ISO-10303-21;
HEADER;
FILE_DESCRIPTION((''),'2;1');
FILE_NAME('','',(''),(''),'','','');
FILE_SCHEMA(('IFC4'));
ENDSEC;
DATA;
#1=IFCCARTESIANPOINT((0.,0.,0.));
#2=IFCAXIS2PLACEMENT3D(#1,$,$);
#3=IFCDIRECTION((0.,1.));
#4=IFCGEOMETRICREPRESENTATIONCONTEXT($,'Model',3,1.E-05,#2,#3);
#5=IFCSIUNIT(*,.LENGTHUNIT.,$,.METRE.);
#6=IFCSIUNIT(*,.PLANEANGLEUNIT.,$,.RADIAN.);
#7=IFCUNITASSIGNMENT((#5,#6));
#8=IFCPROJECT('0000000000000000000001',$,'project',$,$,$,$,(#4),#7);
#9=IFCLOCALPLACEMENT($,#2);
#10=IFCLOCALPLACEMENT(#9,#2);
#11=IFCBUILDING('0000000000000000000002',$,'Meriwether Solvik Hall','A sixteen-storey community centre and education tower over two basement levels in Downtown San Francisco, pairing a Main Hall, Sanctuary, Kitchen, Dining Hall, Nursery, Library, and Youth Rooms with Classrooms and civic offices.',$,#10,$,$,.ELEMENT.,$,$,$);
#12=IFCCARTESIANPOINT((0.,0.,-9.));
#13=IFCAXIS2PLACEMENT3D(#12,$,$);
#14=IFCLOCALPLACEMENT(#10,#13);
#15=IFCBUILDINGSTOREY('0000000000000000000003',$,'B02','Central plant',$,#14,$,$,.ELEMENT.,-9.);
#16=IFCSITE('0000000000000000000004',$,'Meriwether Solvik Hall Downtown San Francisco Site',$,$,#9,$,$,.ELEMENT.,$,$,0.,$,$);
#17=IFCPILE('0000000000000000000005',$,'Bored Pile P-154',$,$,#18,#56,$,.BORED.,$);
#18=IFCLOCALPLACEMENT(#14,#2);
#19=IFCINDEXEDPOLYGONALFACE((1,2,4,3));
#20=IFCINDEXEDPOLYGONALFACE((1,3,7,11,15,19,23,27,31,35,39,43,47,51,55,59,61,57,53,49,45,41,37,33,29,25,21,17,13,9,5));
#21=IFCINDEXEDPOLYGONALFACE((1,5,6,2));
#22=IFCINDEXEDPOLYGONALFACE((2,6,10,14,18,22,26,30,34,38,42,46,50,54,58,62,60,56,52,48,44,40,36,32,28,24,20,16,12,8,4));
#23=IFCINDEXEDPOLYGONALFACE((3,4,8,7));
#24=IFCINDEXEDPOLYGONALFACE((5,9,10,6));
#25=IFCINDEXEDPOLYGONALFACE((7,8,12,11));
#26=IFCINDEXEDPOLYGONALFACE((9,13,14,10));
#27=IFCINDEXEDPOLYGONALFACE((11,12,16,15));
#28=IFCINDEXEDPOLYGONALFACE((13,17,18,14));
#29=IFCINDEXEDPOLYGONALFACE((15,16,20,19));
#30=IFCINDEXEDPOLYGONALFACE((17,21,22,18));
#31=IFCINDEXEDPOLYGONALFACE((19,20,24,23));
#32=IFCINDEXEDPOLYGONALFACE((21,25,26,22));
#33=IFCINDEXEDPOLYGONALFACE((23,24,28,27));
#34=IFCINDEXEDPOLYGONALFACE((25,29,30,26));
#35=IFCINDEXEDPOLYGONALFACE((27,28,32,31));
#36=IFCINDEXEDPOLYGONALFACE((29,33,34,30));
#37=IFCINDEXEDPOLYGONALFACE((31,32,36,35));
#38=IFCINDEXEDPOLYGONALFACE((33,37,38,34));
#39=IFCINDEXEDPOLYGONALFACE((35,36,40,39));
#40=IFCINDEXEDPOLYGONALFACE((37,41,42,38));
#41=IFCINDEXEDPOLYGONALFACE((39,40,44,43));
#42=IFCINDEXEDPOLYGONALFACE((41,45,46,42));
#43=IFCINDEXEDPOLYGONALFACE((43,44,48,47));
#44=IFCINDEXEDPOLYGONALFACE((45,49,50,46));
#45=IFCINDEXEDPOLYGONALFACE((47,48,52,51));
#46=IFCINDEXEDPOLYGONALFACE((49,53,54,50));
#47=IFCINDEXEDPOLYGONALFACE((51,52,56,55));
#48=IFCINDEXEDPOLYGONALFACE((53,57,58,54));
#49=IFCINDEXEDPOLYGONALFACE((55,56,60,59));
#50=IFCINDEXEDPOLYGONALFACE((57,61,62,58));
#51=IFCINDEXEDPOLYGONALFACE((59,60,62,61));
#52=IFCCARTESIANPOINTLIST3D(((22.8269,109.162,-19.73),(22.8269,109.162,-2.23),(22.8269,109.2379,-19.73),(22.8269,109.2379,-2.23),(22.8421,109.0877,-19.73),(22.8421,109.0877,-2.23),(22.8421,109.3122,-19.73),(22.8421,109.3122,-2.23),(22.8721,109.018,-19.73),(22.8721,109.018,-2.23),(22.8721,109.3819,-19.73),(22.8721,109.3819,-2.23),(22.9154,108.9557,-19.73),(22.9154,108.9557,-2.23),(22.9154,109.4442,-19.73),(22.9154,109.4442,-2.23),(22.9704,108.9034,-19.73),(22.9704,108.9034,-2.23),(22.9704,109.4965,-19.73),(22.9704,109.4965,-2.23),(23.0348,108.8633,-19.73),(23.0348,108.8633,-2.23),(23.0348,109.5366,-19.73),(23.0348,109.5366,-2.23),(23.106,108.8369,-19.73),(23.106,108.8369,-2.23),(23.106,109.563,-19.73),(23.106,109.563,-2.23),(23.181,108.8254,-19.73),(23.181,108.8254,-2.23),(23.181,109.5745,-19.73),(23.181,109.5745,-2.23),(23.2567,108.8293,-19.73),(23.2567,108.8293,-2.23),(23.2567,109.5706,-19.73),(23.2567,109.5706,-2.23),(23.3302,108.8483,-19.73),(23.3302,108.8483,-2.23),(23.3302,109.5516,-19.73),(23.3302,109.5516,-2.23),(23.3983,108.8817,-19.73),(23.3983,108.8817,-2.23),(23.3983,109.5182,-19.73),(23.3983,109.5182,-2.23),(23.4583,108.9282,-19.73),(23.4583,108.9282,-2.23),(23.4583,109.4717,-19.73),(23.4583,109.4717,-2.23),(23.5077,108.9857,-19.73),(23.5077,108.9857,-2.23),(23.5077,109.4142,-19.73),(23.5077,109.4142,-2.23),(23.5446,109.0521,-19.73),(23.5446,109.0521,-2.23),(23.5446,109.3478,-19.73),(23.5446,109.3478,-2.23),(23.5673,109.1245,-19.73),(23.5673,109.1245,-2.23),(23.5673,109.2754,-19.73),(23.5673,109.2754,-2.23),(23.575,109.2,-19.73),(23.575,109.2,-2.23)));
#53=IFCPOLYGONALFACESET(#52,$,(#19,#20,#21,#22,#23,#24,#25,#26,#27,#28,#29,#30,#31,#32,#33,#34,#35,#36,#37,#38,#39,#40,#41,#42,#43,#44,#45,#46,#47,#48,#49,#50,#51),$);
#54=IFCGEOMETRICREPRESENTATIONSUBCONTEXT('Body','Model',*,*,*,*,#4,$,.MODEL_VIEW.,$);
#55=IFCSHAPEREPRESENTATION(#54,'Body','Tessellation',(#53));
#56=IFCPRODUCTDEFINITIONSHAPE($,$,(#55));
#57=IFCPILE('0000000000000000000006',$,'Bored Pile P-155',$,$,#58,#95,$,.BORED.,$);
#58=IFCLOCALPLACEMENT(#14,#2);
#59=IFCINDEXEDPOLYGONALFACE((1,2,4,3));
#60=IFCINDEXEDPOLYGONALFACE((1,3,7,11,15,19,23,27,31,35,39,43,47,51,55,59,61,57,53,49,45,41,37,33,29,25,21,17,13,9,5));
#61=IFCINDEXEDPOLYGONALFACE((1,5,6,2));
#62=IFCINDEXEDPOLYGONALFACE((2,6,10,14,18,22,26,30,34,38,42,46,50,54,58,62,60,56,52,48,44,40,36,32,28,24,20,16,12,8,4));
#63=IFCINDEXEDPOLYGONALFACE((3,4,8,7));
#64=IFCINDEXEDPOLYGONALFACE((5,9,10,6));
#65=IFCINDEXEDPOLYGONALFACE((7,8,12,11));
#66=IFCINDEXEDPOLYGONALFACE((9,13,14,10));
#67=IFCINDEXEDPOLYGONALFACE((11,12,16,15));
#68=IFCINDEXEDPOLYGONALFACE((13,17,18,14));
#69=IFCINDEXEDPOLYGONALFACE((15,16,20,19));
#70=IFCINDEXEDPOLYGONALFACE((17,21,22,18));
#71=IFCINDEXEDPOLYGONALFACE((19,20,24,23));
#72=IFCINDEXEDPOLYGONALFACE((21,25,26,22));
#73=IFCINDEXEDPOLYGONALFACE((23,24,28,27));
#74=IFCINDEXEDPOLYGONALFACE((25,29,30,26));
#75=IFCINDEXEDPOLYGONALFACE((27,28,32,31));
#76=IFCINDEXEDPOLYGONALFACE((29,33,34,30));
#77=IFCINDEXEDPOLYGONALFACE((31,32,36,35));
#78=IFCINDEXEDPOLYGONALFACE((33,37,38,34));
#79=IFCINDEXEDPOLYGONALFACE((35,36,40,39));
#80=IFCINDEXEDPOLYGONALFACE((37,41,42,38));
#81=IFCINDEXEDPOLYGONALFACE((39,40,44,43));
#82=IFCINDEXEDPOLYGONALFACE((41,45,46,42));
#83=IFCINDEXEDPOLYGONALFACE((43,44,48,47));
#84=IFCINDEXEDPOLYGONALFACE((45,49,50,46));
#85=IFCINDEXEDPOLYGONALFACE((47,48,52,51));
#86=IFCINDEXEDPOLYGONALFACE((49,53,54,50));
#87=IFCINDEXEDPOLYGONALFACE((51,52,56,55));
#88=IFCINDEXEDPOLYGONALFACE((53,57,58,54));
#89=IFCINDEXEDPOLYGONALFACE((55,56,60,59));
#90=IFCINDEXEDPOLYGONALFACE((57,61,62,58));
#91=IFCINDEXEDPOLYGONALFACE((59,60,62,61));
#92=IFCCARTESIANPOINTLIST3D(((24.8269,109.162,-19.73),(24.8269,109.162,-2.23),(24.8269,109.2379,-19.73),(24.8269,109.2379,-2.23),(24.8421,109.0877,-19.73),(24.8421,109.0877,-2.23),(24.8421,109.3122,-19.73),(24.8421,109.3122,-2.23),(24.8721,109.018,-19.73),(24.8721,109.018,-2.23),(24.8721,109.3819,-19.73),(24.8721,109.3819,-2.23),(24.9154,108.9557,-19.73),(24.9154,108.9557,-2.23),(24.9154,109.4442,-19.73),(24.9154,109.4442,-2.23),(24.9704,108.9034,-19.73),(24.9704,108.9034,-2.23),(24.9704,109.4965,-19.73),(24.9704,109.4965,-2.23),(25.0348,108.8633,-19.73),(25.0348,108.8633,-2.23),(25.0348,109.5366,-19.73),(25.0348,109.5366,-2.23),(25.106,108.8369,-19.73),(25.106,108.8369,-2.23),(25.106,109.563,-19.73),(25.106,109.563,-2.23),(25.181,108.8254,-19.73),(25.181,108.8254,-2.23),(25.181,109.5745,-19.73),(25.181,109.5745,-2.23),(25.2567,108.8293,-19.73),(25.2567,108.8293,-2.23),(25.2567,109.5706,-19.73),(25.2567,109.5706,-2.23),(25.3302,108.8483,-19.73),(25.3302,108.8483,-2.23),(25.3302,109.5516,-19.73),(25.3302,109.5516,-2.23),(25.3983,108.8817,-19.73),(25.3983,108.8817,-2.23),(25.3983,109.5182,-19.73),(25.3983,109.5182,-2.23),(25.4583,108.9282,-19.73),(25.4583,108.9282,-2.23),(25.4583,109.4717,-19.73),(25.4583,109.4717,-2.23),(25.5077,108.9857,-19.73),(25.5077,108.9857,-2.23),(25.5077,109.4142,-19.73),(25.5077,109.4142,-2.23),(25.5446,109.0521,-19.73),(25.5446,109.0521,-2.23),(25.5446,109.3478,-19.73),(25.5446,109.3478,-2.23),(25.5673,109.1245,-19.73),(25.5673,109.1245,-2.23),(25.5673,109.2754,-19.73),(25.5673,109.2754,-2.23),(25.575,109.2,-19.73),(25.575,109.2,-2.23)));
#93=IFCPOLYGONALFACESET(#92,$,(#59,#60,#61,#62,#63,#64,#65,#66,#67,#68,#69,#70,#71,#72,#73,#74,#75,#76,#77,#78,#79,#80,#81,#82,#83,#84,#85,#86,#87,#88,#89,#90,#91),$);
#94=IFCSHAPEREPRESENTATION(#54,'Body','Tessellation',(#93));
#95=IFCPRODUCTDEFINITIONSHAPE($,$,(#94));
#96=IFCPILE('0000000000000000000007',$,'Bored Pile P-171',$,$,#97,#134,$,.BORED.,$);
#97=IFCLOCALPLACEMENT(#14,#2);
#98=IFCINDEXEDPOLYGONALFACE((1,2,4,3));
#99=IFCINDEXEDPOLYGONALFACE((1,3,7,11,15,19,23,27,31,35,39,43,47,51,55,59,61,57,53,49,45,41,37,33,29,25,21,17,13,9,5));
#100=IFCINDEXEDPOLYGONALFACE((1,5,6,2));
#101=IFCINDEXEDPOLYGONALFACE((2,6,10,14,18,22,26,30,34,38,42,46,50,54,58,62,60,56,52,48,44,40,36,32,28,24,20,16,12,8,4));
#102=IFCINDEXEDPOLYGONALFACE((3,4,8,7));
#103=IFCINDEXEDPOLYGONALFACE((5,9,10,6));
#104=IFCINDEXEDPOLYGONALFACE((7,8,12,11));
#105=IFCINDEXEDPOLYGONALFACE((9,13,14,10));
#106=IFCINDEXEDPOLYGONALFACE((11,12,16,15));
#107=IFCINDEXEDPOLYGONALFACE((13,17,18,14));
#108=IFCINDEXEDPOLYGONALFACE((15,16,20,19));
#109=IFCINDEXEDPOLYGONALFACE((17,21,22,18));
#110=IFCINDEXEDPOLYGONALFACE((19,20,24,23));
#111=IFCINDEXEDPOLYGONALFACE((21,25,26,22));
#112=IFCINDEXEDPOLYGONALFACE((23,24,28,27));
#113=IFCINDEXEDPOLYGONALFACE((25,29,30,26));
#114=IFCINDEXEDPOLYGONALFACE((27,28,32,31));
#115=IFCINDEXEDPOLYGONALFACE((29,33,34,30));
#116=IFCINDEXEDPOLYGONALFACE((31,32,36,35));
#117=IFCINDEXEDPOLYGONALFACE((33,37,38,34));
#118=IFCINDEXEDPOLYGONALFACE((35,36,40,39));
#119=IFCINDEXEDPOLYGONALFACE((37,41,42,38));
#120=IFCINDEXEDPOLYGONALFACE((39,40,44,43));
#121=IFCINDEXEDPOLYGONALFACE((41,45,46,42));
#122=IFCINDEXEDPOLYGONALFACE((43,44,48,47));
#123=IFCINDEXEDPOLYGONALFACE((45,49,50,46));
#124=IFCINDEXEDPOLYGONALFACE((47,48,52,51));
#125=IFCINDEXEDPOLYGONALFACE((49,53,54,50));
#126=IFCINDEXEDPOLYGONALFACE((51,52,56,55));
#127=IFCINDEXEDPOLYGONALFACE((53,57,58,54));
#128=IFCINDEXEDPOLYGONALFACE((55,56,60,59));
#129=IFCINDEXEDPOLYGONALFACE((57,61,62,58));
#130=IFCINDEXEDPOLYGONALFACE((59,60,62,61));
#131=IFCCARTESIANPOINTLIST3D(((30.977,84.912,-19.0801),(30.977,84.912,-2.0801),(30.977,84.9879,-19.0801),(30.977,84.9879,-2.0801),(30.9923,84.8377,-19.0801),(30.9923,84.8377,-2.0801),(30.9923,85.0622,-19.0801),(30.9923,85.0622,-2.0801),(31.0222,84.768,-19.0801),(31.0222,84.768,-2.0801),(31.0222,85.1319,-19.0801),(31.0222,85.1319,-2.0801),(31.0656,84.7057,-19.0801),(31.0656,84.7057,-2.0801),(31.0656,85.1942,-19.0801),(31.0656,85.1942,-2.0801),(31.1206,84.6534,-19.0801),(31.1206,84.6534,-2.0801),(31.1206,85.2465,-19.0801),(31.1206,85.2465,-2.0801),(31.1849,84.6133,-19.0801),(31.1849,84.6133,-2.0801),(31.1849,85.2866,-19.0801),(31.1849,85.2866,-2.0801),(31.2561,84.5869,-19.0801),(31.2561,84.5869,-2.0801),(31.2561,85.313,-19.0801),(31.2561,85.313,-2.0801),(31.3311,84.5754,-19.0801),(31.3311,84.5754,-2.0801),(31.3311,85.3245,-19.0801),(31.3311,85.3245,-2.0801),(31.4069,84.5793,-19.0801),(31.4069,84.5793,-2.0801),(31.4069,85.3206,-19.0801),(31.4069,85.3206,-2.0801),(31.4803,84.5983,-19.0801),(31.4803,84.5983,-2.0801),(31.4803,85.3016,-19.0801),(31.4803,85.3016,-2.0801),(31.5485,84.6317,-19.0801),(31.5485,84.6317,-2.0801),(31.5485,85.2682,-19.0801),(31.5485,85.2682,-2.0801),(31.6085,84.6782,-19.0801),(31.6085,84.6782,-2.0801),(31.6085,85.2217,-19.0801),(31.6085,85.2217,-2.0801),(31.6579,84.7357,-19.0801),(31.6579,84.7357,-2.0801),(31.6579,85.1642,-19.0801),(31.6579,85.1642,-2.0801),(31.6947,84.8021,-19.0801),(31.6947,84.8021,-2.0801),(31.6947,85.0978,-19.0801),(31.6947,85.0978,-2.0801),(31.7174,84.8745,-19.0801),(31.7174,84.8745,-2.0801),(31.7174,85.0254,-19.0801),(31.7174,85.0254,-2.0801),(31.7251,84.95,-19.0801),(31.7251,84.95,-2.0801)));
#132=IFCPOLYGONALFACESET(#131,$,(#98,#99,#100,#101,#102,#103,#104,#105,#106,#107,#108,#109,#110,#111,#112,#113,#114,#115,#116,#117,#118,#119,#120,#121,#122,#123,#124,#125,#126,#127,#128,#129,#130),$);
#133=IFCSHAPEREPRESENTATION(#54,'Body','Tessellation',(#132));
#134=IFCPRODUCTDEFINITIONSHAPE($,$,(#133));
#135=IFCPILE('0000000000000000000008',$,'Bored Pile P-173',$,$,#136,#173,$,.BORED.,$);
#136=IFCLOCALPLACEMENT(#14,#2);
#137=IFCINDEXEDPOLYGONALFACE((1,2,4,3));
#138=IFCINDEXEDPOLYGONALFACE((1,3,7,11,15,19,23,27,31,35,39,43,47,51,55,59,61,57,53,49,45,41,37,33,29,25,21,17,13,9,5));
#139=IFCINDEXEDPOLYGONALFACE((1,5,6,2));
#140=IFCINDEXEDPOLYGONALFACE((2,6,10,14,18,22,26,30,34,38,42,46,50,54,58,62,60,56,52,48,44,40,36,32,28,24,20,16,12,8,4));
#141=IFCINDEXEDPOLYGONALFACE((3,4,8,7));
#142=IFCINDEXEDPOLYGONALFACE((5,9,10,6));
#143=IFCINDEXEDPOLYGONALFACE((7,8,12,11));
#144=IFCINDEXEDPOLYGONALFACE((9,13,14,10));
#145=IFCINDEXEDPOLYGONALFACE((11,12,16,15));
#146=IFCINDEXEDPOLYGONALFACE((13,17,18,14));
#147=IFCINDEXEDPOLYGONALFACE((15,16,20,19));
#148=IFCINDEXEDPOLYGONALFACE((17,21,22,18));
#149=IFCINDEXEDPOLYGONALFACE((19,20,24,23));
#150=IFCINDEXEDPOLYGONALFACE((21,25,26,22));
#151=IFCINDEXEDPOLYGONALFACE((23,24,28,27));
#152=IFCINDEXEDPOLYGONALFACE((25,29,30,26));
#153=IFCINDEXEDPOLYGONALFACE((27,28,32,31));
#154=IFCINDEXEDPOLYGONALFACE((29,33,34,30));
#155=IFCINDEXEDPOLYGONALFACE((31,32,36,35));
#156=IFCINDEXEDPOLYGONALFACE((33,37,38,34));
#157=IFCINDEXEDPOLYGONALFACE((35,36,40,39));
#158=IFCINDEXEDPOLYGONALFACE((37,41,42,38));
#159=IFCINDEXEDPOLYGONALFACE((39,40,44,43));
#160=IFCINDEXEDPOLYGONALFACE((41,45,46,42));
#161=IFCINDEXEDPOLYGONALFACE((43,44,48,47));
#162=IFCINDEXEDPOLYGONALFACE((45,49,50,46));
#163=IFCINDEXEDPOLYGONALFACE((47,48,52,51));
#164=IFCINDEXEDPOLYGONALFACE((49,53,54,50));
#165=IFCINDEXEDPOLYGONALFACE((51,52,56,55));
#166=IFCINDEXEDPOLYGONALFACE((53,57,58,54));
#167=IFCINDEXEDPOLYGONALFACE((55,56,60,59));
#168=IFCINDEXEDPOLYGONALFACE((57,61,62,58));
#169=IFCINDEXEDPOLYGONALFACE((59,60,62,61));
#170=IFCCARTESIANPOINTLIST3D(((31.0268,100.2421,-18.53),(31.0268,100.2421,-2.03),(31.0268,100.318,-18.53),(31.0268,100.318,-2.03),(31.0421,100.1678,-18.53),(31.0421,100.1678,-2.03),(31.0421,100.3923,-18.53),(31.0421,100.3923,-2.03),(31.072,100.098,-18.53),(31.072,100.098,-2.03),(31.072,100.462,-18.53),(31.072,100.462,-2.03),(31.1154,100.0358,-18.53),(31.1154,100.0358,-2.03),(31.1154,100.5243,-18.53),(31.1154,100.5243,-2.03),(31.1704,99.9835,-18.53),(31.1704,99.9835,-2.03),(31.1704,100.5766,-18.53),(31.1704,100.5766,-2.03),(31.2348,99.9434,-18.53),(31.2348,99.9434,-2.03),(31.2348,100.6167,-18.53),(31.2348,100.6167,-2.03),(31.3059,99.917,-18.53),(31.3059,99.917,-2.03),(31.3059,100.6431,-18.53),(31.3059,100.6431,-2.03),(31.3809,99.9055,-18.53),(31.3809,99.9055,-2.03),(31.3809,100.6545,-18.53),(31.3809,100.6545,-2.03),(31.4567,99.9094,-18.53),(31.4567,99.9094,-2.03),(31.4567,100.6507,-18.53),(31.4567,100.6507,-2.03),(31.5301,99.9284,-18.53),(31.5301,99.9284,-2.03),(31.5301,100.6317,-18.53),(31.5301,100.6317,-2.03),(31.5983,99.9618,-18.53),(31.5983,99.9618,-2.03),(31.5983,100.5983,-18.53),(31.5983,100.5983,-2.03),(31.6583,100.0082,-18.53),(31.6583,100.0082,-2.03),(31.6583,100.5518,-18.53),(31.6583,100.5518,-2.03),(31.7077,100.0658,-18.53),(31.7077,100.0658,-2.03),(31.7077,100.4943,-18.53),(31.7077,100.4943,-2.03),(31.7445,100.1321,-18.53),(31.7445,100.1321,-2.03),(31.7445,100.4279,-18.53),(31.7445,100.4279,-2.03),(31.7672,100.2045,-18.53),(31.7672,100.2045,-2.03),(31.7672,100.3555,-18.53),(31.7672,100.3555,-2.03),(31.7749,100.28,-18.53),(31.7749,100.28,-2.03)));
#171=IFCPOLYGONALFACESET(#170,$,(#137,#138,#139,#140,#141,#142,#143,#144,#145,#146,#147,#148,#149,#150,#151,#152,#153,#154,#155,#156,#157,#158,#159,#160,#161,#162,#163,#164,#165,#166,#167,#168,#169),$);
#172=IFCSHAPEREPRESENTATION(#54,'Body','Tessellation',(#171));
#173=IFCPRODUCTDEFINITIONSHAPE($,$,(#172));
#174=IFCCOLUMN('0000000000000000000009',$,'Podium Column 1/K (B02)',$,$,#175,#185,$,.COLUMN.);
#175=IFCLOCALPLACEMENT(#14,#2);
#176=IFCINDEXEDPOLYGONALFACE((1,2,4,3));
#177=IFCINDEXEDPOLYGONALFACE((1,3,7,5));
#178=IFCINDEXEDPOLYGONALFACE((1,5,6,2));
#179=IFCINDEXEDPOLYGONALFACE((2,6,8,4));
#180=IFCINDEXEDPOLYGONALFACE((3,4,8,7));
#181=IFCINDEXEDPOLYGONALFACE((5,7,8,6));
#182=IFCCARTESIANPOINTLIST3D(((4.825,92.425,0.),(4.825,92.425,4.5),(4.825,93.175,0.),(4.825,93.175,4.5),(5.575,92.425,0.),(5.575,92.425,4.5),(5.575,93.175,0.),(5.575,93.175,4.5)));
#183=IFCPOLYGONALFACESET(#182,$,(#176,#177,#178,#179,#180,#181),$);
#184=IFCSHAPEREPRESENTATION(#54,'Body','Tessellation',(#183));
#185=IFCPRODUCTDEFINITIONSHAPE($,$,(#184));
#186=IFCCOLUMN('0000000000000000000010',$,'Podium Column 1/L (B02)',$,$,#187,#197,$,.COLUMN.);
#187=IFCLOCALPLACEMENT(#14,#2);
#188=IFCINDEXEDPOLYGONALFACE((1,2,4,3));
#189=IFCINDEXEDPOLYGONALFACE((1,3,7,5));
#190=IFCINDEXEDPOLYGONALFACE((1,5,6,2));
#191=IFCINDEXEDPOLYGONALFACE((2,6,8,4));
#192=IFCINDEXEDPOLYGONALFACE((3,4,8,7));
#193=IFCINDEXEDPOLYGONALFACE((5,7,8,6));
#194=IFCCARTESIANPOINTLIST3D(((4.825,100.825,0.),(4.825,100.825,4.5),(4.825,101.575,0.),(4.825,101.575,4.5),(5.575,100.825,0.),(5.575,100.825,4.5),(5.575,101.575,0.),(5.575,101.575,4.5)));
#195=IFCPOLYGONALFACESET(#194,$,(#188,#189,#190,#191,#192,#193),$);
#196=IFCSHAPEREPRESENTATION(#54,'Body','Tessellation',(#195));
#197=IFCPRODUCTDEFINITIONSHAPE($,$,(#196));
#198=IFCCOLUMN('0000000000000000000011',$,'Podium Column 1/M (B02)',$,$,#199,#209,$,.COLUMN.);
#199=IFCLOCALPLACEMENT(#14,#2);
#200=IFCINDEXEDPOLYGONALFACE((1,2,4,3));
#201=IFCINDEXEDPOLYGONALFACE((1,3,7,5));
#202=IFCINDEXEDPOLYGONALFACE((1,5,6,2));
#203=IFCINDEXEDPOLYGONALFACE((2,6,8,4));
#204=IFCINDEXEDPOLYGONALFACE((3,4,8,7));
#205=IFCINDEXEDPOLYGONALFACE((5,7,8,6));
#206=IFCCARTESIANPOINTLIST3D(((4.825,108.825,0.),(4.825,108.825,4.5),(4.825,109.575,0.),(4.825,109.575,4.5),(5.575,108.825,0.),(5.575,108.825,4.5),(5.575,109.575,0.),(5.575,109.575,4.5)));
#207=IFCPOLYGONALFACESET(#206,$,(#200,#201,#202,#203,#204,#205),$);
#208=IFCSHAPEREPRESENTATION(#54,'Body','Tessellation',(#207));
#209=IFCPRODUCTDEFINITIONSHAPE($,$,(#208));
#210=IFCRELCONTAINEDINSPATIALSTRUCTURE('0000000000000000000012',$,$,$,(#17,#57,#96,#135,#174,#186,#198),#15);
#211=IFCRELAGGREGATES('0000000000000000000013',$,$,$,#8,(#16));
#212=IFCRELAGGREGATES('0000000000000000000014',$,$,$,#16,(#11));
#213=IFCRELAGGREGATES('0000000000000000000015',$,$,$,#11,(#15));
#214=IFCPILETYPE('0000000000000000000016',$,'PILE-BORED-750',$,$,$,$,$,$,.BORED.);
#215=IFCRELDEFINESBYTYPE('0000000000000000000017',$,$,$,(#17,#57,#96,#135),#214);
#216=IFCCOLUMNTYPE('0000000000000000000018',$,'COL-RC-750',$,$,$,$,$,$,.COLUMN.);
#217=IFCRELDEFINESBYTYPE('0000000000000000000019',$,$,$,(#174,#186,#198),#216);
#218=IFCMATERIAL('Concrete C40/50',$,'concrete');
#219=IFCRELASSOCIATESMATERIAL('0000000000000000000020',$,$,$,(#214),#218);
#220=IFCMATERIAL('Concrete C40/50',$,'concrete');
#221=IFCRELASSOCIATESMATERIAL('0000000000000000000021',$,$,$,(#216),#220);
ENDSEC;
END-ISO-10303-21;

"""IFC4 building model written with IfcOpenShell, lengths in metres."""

from ifc_helpers import new_model, si_unit, direction, frame, origin, origin_2d, place, context, subcontext, project, spatial, rectangle, circle, extrude, material, material_profile, profile_set, type_object, element, save


model = new_model("IFC4")

# Units and contexts
model_context = context("Model", 3, precision=1e-05, world=origin(), true_north=direction((0.0, 1.0)))
body_context = subcontext(model_context, "Body", "Model", "MODEL_VIEW")
ifc_project = project(units=[si_unit("LENGTHUNIT", "METRE"), si_unit("PLANEANGLEUNIT", "RADIAN")], contexts=[model_context])

# Site, building, storey
site_placement = place(None, origin())
site = spatial("IfcSite", under=ifc_project, at=site_placement, Name="Meriwether Solvik Hall Downtown San Francisco Site", CompositionType="ELEMENT", RefElevation=0.0)
building_placement = place(site_placement, origin())
building = spatial("IfcBuilding", under=site, at=building_placement, Name="Meriwether Solvik Hall", Description="A sixteen-storey community centre and education tower over two basement levels in Downtown San Francisco, pairing a Main Hall, Sanctuary, Kitchen, Dining Hall, Nursery, Library, and Youth Rooms with Classrooms and civic offices.", CompositionType="ELEMENT")
storey_placement = place(building_placement, frame((0.0, 0.0, -9.0)))
storey = spatial("IfcBuildingStorey", under=building, at=storey_placement, Name="B02", Description="Central plant", CompositionType="ELEMENT", Elevation=-9.0)

# Piles
ifc_material_1 = material(Name="Concrete C40/50", Category="concrete")
ifc_material_profile_1 = material_profile(ifc_material_1, circle(Radius=0.375, at=origin_2d()), Name="PILE-D750")
ifc_profile_set_1 = profile_set([ifc_material_profile_1], Name="Concrete C40/50")
pile_type_1 = type_object("IfcPileType", Name="PILE-BORED-750", PredefinedType="BORED", material=ifc_profile_set_1)
for number, where, z_axis, x_axis, name in (
    (1, (23.2, 109.2, -2.23), (0.0, 0.0, -1.0), (1.0, 0.0, 0.0), "Bored Pile P-154"),
    (2, (25.2, 109.2, -2.23), (0.0, 0.0, -1.0), (1.0, 0.0, 0.0), "Bored Pile P-155"),
):
    element("IfcPile", number, at=place(storey_placement, frame(where, z_axis=z_axis, x_axis=x_axis)), inside=storey, type_object=pile_type_1, Name=name, PredefinedType="BORED", context=body_context, shape_type="SweptSolid", body=[
        extrude(circle(Radius=0.375, at=origin_2d()), origin(), (0.0, 0.0, 1.0), 17.5),
    ])
pile_1_placement = place(storey_placement, frame((31.3501, 84.95, -2.0801), z_axis=(0.0, 0.0, -1.0), x_axis=(1.0, 0.0, 0.0)))
element("IfcPile", 3, at=pile_1_placement, inside=storey, type_object=pile_type_1, Name="Bored Pile P-171", PredefinedType="BORED", context=body_context, shape_type="SweptSolid", body=[
    extrude(circle(Radius=0.375, at=origin_2d()), origin(), (0.0, 0.0, 1.0), 17.0),
])
pile_2_placement = place(storey_placement, frame((31.3999, 100.28, -2.03), z_axis=(0.0, 0.0, -1.0), x_axis=(1.0, 0.0, 0.0)))
element("IfcPile", 4, at=pile_2_placement, inside=storey, type_object=pile_type_1, Name="Bored Pile P-173", PredefinedType="BORED", context=body_context, shape_type="SweptSolid", body=[
    extrude(circle(Radius=0.375, at=origin_2d()), origin(), (0.0, 0.0, 1.0), 16.5),
])

# Columns
ifc_material_2 = material(Name="Concrete C40/50", Category="concrete")
ifc_material_profile_2 = material_profile(ifc_material_2, rectangle(XDim=0.75, YDim=0.75, at=origin_2d()), Name="RCC-750X750")
ifc_profile_set_2 = profile_set([ifc_material_profile_2], Name="Concrete C40/50")
column_type_1 = type_object("IfcColumnType", Name="COL-RC-750", PredefinedType="COLUMN", material=ifc_profile_set_2)
for number, where, z_axis, x_axis, name in (
    (5, (5.2, 92.8, 0.0), (0.0, 0.0, 1.0), (1.0, 0.0, 0.0), "Podium Column 1/K (B02)"),
    (6, (5.2, 101.2, 0.0), (0.0, 0.0, 1.0), (1.0, 0.0, 0.0), "Podium Column 1/L (B02)"),
    (7, (5.2, 109.2, 0.0), (0.0, 0.0, 1.0), (1.0, 0.0, 0.0), "Podium Column 1/M (B02)"),
):
    element("IfcColumn", number, at=place(storey_placement, frame(where, z_axis=z_axis, x_axis=x_axis)), inside=storey, type_object=column_type_1, Name=name, PredefinedType="COLUMN", context=body_context, shape_type="SweptSolid", body=[
        extrude(rectangle(XDim=0.75, YDim=0.75, at=origin_2d()), origin(), (0.0, 0.0, 1.0), 4.5),
    ])

save(model, "model.ifc")
